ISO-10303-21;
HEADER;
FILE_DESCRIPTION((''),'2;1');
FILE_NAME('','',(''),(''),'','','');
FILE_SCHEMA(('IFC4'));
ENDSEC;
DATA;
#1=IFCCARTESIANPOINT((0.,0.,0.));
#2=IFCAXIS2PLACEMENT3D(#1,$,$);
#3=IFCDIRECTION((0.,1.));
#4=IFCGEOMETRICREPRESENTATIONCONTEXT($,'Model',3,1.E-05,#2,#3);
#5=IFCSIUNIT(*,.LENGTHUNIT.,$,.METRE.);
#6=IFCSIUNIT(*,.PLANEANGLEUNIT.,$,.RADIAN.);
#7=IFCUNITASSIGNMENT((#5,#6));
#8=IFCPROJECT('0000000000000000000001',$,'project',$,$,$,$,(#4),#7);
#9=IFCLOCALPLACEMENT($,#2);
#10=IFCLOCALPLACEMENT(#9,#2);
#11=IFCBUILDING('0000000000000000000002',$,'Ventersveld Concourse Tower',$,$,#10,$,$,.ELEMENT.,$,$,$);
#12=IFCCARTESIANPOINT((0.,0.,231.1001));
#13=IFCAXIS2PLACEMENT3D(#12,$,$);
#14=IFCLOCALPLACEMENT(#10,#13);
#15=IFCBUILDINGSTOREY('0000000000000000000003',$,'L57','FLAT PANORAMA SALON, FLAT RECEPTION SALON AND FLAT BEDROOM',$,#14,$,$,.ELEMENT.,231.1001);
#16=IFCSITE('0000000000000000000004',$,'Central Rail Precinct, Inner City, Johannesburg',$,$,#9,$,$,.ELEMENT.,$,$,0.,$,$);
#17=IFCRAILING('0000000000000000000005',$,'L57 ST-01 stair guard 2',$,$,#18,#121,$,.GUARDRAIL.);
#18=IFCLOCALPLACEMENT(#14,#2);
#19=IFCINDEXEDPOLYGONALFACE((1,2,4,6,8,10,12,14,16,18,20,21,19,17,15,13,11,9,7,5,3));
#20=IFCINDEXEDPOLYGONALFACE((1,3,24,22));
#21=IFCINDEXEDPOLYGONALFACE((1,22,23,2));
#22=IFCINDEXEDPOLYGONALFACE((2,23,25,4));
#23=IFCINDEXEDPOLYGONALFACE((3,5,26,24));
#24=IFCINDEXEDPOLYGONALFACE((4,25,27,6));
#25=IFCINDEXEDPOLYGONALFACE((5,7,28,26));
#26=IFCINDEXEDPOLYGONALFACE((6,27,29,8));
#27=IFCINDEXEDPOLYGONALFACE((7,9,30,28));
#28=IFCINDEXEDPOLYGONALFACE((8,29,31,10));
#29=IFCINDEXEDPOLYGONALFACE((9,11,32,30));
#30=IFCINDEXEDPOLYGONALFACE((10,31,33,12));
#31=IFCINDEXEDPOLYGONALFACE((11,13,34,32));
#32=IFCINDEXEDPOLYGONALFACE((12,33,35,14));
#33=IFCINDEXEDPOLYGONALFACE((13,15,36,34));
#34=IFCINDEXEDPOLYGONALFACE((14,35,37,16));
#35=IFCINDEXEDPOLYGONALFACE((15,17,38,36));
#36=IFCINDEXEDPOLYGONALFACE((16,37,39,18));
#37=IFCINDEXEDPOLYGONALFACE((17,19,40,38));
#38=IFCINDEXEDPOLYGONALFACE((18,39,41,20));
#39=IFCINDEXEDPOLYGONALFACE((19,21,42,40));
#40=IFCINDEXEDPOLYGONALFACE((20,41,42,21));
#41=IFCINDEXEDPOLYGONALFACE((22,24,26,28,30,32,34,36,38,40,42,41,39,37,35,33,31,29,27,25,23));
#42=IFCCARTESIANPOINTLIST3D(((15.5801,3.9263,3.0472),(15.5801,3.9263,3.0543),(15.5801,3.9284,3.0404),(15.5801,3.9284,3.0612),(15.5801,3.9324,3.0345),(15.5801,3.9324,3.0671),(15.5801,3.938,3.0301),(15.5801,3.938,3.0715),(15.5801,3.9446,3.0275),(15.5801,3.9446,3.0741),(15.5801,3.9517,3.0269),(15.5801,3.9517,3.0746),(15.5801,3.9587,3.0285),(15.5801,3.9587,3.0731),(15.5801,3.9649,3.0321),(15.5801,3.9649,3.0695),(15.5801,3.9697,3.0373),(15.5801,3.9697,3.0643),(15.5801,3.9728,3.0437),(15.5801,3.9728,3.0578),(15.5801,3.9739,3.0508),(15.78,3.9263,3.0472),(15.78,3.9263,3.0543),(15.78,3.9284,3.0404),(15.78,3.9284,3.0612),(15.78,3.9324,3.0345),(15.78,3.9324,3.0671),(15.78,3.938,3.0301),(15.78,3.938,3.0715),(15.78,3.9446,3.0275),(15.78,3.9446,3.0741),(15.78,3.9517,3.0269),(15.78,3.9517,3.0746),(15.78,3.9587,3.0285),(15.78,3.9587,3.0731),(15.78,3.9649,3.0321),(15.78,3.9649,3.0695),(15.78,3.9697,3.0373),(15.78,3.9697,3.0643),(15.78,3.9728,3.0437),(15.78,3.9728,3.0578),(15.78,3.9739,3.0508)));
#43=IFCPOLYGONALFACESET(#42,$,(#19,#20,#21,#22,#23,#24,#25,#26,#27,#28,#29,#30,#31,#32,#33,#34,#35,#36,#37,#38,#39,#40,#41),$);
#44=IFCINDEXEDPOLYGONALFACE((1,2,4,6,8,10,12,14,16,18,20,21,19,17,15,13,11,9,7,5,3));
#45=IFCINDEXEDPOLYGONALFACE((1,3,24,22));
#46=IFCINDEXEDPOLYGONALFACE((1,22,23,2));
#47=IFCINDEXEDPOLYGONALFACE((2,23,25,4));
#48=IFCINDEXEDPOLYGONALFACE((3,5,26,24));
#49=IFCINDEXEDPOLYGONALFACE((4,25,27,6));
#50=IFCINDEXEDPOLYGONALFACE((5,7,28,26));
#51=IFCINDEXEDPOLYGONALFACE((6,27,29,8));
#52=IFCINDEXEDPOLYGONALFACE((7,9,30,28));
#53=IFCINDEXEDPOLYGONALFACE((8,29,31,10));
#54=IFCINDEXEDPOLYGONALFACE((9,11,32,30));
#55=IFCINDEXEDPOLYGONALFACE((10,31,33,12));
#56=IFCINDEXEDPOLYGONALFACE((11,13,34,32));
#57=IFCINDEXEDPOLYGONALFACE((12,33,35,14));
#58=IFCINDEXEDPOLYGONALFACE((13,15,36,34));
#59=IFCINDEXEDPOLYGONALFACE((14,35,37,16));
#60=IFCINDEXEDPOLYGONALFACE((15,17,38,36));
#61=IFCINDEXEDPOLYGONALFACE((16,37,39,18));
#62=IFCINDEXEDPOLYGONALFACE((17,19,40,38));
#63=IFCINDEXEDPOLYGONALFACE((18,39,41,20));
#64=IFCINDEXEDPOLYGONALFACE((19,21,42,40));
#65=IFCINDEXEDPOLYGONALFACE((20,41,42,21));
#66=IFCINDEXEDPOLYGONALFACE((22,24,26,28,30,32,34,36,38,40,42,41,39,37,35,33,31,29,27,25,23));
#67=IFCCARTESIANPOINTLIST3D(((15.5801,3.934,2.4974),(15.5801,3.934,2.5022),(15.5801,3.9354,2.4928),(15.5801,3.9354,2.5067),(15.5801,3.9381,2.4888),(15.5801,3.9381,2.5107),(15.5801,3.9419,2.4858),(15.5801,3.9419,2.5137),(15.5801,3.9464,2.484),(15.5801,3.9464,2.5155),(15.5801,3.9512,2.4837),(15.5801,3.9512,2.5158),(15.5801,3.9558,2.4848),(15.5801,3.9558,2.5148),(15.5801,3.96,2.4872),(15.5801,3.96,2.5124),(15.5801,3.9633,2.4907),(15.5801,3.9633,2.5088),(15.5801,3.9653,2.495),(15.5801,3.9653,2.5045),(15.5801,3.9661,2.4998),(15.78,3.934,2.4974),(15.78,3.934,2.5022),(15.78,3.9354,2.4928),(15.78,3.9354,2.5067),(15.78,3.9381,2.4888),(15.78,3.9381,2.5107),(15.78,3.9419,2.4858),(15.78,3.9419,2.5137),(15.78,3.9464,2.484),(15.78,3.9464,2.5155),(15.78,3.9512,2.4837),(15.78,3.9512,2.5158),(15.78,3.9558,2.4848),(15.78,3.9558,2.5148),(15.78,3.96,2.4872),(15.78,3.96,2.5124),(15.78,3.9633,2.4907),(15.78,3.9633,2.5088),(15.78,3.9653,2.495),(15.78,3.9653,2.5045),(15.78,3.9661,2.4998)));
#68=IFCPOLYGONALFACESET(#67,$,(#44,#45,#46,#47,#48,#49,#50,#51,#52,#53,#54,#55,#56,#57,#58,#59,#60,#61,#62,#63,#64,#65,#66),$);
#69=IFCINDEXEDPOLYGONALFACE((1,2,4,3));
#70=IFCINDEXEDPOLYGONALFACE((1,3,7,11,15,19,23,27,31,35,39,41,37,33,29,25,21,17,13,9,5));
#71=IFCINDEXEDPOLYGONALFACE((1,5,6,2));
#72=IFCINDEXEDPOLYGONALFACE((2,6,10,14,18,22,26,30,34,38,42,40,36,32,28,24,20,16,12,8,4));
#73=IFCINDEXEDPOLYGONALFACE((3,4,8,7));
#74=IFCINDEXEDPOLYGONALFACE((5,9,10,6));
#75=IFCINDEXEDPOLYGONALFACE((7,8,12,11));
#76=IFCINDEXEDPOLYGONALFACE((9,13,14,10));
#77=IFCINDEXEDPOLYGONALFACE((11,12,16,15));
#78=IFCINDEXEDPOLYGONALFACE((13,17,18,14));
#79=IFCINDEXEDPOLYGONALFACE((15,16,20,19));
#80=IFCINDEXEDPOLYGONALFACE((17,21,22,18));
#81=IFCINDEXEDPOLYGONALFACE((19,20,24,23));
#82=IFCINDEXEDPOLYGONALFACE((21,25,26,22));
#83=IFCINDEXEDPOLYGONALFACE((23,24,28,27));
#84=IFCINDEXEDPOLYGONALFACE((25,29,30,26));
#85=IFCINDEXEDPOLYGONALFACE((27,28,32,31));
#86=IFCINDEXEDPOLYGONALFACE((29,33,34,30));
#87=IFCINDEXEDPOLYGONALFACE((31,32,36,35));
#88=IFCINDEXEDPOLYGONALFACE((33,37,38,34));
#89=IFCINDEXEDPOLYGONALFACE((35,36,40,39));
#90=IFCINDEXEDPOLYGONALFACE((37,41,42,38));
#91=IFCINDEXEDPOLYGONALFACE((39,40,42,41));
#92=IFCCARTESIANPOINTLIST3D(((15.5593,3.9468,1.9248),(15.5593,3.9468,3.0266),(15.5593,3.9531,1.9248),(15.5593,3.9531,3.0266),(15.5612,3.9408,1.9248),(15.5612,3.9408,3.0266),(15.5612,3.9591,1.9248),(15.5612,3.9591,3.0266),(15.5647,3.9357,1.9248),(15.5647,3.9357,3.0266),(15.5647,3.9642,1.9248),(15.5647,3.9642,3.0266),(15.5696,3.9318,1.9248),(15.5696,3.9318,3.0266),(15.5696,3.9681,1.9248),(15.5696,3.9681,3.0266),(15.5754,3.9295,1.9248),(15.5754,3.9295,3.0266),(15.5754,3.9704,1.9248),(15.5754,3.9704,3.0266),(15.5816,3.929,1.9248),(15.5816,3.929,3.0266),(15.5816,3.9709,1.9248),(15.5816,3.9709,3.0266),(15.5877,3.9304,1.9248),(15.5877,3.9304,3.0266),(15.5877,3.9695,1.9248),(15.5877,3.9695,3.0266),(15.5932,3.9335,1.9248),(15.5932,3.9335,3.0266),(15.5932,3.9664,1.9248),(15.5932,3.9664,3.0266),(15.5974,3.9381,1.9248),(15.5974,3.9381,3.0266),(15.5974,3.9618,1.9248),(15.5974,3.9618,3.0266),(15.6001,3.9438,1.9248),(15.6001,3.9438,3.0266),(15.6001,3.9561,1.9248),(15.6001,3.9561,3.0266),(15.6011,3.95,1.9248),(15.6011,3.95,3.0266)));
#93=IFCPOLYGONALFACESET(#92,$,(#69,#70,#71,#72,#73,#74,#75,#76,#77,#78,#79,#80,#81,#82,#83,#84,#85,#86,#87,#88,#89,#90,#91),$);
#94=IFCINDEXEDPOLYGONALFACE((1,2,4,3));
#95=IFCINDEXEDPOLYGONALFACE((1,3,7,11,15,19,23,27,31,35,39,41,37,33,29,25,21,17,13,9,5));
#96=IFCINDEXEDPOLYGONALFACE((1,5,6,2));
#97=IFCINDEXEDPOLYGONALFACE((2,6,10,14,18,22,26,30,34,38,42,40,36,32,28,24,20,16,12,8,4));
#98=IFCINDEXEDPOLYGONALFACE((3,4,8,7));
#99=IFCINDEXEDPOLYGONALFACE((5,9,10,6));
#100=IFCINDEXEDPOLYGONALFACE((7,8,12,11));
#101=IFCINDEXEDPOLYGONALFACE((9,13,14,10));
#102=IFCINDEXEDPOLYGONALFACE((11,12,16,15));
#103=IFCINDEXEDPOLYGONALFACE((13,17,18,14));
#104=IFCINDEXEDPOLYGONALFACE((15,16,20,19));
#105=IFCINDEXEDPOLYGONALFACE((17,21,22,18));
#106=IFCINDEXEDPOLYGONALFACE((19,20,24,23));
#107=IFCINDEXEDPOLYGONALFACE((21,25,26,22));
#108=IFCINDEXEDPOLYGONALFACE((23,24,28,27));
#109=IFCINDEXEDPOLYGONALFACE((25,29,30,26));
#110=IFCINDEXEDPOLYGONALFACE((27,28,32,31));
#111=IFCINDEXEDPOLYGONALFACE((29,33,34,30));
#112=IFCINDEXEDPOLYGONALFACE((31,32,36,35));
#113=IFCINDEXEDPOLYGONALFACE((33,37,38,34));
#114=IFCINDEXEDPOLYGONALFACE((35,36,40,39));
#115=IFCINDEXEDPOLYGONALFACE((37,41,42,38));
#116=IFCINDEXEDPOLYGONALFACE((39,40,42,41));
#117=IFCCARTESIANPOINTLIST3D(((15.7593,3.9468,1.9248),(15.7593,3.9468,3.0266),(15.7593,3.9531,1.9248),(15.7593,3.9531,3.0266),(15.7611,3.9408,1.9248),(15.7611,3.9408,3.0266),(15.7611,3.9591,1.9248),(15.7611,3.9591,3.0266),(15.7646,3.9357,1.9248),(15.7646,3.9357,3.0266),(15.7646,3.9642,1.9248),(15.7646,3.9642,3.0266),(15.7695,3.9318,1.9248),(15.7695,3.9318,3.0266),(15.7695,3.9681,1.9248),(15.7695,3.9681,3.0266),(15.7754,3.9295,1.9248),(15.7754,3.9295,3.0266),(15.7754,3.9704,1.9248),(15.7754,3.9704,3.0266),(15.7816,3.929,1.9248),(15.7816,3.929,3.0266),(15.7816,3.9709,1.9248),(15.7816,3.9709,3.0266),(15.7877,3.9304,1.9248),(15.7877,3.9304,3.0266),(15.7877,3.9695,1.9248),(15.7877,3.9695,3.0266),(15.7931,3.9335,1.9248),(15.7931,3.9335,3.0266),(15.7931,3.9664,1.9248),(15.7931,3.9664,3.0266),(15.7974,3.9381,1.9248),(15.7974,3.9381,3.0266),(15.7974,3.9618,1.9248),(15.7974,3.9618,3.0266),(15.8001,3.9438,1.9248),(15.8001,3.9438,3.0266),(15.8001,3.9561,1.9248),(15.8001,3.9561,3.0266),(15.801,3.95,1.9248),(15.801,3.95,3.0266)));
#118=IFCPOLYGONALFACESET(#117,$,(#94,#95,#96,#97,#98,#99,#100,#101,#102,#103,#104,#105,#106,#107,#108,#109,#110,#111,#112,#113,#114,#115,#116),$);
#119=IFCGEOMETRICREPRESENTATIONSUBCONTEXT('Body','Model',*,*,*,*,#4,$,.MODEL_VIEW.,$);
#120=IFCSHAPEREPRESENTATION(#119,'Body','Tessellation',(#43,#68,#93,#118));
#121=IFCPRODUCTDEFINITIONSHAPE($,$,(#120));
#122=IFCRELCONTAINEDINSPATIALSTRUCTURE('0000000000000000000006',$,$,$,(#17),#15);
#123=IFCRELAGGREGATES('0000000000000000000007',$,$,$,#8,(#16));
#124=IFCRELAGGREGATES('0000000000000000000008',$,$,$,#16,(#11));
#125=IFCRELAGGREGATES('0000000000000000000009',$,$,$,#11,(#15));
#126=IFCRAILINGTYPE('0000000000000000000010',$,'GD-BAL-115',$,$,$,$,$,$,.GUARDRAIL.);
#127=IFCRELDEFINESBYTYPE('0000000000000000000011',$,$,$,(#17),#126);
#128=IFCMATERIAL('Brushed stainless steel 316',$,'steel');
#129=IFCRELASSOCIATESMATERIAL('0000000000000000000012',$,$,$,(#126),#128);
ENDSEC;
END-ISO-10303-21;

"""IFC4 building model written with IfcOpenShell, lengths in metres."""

from ifc_helpers import new_model, si_unit, direction, frame, origin, origin_2d, place, context, subcontext, project, spatial, circle, extrude, material, type_object, element, save


model = new_model("IFC4")

# Units and contexts
model_context = context("Model", 3, precision=1e-05, world=origin(), true_north=direction((0.0, 1.0)))
body_context = subcontext(model_context, "Body", "Model", "MODEL_VIEW")
ifc_project = project(units=[si_unit("LENGTHUNIT", "METRE"), si_unit("PLANEANGLEUNIT", "RADIAN")], contexts=[model_context])

# Site, building, storey
site_placement = place(None, origin())
site = spatial("IfcSite", under=ifc_project, at=site_placement, Name="Central Rail Precinct, Inner City, Johannesburg", CompositionType="ELEMENT", RefElevation=0.0)
building_placement = place(site_placement, origin())
building = spatial("IfcBuilding", under=site, at=building_placement, Name="Ventersveld Concourse Tower", CompositionType="ELEMENT")
storey_placement = place(building_placement, frame((0.0, 0.0, 231.1001)))
storey = spatial("IfcBuildingStorey", under=building, at=storey_placement, Name="L57", Description="FLAT PANORAMA SALON, FLAT RECEPTION SALON AND FLAT BEDROOM", CompositionType="ELEMENT", Elevation=231.1001)

# Shared definitions
ifc_material_1 = material(Name="Brushed stainless steel 316", Category="steel")

# Railing
railing_type_1 = type_object("IfcRailingType", Name="GD-BAL-115", PredefinedType="GUARDRAIL", material=ifc_material_1)
railing_1_placement = place(storey_placement, frame((15.5801, 3.95, 1.9248)))
element("IfcRailing", 1, at=railing_1_placement, inside=storey, type_object=railing_type_1, Name="L57 ST-01 stair guard 2", PredefinedType="GUARDRAIL", context=body_context, shape_type="SweptSolid", body=[
    extrude(circle(Radius=0.0239, at=origin_2d()), frame((0.0, 0.0, 1.126), z_axis=(1.0, 0.0, 0.0), x_axis=(0.0, 1.0, 0.0)), (0.0, 0.0, 1.0), 0.2),
    extrude(circle(Radius=0.0161, at=origin_2d()), frame((0.0, 0.0, 0.575), z_axis=(1.0, 0.0, 0.0), x_axis=(0.0, 1.0, 0.0)), (0.0, 0.0, 1.0), 0.2),
    extrude(circle(Radius=0.021, at=origin_2d()), origin(), (0.0, 0.0, 1.0), 1.1018),
    extrude(circle(Radius=0.021, at=origin_2d()), frame((0.2, 0.0, 0.0)), (0.0, 0.0, 1.0), 1.1018),
])

save(model, "model.ifc")
